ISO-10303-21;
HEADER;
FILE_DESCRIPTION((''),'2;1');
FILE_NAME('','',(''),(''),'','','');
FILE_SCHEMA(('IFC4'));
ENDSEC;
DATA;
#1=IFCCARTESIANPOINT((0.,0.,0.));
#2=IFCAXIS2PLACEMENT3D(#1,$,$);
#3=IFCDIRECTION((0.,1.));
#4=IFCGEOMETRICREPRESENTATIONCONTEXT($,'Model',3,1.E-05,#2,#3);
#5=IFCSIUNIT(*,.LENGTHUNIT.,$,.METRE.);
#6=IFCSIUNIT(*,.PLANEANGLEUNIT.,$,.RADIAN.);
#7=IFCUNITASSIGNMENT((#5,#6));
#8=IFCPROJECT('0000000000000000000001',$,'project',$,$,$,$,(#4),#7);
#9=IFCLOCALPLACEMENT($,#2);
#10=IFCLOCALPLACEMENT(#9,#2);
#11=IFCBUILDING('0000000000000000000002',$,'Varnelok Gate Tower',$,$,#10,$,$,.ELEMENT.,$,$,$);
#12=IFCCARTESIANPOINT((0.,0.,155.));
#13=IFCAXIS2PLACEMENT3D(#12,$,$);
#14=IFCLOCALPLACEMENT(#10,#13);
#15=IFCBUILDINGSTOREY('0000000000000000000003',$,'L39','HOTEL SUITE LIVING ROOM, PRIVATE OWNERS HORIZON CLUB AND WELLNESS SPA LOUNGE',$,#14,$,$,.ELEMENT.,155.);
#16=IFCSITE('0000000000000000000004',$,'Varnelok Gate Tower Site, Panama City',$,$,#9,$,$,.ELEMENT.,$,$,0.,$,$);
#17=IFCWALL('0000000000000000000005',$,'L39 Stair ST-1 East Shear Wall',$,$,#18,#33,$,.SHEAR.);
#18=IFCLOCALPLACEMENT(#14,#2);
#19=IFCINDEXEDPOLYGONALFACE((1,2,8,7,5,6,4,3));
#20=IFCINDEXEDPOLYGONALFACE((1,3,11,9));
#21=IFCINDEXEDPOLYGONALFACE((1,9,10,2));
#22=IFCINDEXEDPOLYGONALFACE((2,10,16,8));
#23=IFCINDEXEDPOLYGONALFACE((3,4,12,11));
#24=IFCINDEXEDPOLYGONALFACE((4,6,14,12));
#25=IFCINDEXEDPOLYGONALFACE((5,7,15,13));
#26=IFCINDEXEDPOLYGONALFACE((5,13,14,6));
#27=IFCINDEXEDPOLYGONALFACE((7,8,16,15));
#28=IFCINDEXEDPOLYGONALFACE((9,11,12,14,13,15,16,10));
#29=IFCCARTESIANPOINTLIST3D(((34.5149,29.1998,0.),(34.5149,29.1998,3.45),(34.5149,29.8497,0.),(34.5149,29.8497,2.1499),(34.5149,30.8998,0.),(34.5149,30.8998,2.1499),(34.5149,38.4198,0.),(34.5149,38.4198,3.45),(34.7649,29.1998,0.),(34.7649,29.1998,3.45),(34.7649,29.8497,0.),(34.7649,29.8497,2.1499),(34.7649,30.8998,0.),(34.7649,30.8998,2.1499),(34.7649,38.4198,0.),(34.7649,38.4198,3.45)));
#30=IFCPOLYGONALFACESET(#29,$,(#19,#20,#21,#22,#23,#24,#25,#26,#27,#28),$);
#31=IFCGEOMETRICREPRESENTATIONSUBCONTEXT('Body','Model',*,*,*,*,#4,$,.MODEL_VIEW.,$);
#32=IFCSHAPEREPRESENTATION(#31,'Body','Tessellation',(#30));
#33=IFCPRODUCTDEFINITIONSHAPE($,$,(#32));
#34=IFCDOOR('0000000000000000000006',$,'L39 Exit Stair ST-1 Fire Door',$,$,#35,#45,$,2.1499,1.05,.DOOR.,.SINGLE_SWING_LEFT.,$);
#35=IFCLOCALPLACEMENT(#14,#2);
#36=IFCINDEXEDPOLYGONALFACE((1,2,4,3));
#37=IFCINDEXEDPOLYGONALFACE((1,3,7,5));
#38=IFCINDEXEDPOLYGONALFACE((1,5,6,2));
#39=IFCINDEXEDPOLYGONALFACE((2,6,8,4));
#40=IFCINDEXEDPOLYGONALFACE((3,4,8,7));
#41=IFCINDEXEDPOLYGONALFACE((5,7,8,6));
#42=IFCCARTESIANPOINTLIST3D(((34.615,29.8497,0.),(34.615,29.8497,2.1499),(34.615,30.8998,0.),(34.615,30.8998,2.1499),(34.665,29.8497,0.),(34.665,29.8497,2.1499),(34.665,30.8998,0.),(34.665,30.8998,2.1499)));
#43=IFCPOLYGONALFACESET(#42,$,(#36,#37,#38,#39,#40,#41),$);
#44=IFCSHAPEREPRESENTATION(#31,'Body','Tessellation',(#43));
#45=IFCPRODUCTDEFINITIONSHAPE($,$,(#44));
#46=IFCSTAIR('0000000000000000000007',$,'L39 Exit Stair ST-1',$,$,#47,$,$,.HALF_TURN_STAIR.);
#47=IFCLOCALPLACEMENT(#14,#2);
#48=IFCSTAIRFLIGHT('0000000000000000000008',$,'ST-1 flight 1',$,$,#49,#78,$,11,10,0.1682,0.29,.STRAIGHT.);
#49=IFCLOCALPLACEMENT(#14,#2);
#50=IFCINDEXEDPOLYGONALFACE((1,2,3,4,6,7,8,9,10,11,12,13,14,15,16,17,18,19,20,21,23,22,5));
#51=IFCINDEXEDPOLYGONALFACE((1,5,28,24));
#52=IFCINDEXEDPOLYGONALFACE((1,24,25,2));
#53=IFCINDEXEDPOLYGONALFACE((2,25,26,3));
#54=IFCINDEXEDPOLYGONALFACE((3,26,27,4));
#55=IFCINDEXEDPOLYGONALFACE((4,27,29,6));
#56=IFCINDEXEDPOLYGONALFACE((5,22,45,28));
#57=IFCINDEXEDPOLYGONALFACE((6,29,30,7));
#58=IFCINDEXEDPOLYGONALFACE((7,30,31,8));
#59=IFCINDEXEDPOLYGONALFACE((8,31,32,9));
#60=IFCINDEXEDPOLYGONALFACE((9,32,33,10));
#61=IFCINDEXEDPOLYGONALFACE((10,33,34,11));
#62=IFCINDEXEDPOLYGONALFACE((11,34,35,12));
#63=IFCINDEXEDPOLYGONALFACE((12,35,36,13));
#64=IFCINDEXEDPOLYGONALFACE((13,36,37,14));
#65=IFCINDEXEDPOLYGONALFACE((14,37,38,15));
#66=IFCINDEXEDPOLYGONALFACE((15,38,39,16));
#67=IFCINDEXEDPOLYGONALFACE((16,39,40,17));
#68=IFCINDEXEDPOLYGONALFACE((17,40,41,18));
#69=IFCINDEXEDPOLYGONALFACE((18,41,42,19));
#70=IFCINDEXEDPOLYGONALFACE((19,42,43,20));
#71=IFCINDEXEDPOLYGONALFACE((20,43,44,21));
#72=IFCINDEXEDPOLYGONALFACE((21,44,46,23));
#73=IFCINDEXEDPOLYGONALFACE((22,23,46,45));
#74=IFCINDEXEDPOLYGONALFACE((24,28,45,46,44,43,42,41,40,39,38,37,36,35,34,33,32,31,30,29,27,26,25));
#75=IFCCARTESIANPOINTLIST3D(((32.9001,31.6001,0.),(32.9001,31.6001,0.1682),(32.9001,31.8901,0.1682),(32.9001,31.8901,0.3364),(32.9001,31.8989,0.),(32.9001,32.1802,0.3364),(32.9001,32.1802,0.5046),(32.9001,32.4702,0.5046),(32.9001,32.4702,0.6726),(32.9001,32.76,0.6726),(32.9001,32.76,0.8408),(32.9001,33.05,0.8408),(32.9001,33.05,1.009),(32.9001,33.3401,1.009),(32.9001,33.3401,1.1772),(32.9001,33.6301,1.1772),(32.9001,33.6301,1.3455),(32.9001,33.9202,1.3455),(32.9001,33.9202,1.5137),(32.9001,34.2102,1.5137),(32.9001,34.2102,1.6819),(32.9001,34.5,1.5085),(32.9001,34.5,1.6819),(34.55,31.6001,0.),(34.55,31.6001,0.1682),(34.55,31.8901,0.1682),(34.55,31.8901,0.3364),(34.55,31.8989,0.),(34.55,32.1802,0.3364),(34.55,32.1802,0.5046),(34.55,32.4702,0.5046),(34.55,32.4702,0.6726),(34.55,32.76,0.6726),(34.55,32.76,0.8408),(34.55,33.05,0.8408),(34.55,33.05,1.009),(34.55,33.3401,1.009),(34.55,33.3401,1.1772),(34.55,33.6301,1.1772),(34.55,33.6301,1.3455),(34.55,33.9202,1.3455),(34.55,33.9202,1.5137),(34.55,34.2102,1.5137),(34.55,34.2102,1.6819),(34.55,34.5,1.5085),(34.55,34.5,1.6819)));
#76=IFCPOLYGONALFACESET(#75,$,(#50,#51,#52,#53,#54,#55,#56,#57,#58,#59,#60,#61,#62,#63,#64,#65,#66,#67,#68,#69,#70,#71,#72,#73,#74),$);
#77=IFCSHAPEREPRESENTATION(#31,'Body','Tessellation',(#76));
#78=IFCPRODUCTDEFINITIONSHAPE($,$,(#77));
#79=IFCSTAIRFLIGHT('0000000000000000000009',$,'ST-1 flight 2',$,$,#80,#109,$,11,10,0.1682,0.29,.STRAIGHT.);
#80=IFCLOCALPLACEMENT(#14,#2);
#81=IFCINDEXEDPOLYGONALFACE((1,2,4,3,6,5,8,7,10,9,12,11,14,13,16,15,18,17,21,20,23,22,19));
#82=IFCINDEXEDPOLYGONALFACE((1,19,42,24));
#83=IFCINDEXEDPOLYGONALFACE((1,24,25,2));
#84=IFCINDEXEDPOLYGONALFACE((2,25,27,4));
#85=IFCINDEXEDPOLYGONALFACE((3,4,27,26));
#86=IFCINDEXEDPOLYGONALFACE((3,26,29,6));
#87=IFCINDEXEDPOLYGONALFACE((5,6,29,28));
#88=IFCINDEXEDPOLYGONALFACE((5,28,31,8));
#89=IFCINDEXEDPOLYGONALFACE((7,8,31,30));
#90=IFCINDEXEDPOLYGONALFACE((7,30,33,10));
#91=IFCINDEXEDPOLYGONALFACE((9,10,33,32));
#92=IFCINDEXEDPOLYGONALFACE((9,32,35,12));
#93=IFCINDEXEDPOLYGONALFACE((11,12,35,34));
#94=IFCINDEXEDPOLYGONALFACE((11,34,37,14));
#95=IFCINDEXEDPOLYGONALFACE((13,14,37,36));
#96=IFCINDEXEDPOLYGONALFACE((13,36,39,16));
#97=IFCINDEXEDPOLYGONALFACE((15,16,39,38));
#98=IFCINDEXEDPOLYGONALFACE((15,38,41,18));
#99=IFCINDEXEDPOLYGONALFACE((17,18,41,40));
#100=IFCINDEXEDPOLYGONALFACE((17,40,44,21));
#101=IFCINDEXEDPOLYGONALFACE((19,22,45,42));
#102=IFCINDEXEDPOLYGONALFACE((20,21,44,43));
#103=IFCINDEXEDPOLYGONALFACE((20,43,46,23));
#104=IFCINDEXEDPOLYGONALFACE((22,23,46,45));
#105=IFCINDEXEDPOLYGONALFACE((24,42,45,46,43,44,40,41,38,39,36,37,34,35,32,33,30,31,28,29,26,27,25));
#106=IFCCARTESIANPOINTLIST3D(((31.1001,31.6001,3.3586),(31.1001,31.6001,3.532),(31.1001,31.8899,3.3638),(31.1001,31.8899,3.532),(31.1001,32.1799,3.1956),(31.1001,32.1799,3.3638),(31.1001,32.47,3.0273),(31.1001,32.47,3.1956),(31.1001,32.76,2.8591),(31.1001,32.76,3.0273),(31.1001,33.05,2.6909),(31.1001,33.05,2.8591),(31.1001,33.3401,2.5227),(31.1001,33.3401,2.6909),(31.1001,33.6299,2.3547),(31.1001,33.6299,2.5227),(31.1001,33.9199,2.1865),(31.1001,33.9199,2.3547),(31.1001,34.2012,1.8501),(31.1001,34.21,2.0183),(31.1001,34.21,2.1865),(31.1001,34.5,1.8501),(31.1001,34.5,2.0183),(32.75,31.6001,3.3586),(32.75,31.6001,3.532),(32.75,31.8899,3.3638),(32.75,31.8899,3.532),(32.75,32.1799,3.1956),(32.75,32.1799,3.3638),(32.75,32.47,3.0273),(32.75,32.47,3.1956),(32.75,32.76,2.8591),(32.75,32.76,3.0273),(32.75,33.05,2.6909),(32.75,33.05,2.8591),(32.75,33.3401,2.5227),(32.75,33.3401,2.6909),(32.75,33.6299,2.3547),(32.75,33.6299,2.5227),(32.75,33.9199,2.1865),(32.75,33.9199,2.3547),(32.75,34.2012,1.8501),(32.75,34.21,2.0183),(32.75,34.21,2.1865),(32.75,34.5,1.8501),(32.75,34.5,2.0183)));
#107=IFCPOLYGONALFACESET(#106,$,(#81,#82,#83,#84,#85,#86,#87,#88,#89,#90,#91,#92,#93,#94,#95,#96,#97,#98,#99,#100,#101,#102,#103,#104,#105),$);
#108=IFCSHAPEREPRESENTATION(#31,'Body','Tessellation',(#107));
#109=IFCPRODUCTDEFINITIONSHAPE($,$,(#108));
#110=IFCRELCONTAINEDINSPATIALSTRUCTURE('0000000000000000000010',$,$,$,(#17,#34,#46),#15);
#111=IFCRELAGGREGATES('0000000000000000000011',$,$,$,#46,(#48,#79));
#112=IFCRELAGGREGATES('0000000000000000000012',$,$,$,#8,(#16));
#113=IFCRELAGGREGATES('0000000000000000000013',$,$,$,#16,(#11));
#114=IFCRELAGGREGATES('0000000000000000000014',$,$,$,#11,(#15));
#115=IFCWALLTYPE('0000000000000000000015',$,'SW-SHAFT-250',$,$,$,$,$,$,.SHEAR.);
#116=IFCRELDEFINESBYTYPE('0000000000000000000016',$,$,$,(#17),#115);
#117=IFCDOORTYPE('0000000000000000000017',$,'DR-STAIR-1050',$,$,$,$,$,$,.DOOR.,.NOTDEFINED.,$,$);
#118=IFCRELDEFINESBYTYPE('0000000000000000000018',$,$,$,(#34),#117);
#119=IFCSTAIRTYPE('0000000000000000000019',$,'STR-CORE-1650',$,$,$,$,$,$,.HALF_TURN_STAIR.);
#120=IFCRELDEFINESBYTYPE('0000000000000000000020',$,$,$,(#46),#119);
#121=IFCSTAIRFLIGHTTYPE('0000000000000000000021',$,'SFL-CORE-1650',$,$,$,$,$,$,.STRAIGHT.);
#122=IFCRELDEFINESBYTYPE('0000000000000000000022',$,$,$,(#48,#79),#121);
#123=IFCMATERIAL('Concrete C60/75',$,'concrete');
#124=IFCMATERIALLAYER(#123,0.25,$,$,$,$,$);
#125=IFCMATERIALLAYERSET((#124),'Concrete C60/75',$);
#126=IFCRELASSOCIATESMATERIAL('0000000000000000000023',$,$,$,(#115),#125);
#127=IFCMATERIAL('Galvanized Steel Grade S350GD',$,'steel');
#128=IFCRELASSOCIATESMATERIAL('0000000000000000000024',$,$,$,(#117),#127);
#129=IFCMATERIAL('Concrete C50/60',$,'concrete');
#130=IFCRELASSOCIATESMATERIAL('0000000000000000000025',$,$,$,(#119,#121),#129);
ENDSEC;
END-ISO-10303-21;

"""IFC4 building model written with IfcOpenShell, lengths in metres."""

from ifc_helpers import new_model, si_unit, direction, frame, frame_2d, origin, place, context, subcontext, project, spatial, polyline, rectangle, outline, extrude, material, layer, layer_set, type_object, element, fill, aggregate, save


model = new_model("IFC4")

# Units and contexts
model_context = context("Model", 3, precision=1e-05, world=origin(), true_north=direction((0.0, 1.0)))
body_context = subcontext(model_context, "Body", "Model", "MODEL_VIEW")
ifc_project = project(units=[si_unit("LENGTHUNIT", "METRE"), si_unit("PLANEANGLEUNIT", "RADIAN")], contexts=[model_context])

# Site, building, storey
site_placement = place(None, origin())
site = spatial("IfcSite", under=ifc_project, at=site_placement, Name="Varnelok Gate Tower Site, Panama City", CompositionType="ELEMENT", RefElevation=0.0)
building_placement = place(site_placement, origin())
building = spatial("IfcBuilding", under=site, at=building_placement, Name="Varnelok Gate Tower", CompositionType="ELEMENT")
storey_placement = place(building_placement, frame((0.0, 0.0, 155.0)))
storey = spatial("IfcBuildingStorey", under=building, at=storey_placement, Name="L39", Description="HOTEL SUITE LIVING ROOM, PRIVATE OWNERS HORIZON CLUB AND WELLNESS SPA LOUNGE", CompositionType="ELEMENT", Elevation=155.0)

# Shared definitions
ifc_material_1 = material(Name="Concrete C60/75", Category="concrete")

# Shared definitions
ifc_material_2 = material(Name="Galvanized Steel Grade S350GD", Category="steel")

# Wall, opening, door
ifc_layer_1 = layer(ifc_material_1, 0.25)
ifc_layer_set_1 = layer_set([ifc_layer_1], Name="Concrete C60/75")
wall_type_1 = type_object("IfcWallType", Name="SW-SHAFT-250", PredefinedType="SHEAR", material=ifc_layer_set_1)
wall_1_placement = place(storey_placement, frame((34.6399, 29.2, 0.0), z_axis=(0.0, 0.0, 1.0), x_axis=(0.0, 1.0, 0.0)))
wall_1 = element("IfcWall", 1, at=wall_1_placement, inside=storey, type_object=wall_type_1, Name="L39 Stair ST-1 East Shear Wall", PredefinedType="SHEAR", context=body_context, shape_type="SweptSolid", body=[
    extrude(rectangle(XDim=9.22, YDim=0.25, at=frame_2d((4.6099, 0.0))), origin(), (0.0, 0.0, 1.0), 3.45),
])
opening_1_placement = place(wall_1_placement, frame((0.6499, 0.0, 0.0)))
opening_1 = element("IfcOpeningElement", 2, at=opening_1_placement, cuts=wall_1, PredefinedType="OPENING", context=body_context, shape_type="SweptSolid", body=[
    extrude(rectangle(XDim=1.05, YDim=2.1499, at=frame_2d((0.5249, 1.075))), frame((0.0, 0.135, 0.0), z_axis=(0.0, -1.0, 0.0), x_axis=(1.0, 0.0, 0.0)), (0.0, 0.0, 1.0), 0.27),
])
door_type_1 = type_object("IfcDoorType", Name="DR-STAIR-1050", OperationType="NOTDEFINED", PredefinedType="DOOR", material=ifc_material_2)
door_1_placement = place(opening_1_placement, origin())
door_1 = element("IfcDoor", 3, at=door_1_placement, inside=storey, type_object=door_type_1, Name="L39 Exit Stair ST-1 Fire Door", OperationType="SINGLE_SWING_LEFT", OverallHeight=2.1499, OverallWidth=1.05, PredefinedType="DOOR", context=body_context, shape_type="SweptSolid", body=[
    extrude(rectangle(XDim=1.05, YDim=2.1499, at=frame_2d((0.5249, 1.075))), frame((0.0, 0.0249, 0.0), z_axis=(0.0, -1.0, 0.0), x_axis=(1.0, 0.0, 0.0)), (0.0, 0.0, 1.0), 0.05),
])
fill(opening_1, door_1)

# Stair, stair flights
ifc_material_3 = material(Name="Concrete C50/60", Category="concrete")
stair_type = type_object("IfcStairType", Name="STR-CORE-1650", PredefinedType="HALF_TURN_STAIR", material=ifc_material_3)
stair_placement = place(storey_placement, origin())
stair = element("IfcStair", 4, at=stair_placement, inside=storey, type_object=stair_type, Name="L39 Exit Stair ST-1", PredefinedType="HALF_TURN_STAIR")
stair_flight_type = type_object("IfcStairFlightType", Name="SFL-CORE-1650", PredefinedType="STRAIGHT", material=ifc_material_3)
stair_flight_1_placement = place(storey_placement, frame((33.7251, 31.6001, 0.0), z_axis=(0.0, 0.0, 1.0), x_axis=(0.0, 1.0, 0.0)))
stair_flight_1 = element("IfcStairFlight", 5, at=stair_flight_1_placement, type_object=stair_flight_type, Name="ST-1 flight 1", NumberOfRisers=11, NumberOfTreads=10, PredefinedType="STRAIGHT", RiserHeight=0.1682, TreadLength=0.29, context=body_context, shape_type="SweptSolid", body=[
    extrude(outline(polyline([(0.0, 0.0), (0.0, 0.1682), (0.29, 0.1682), (0.29, 0.3364), (0.5801, 0.3364), (0.5801, 0.5046), (0.8701, 0.5046), (0.8701, 0.6726), (1.1599, 0.6726), (1.1599, 0.8408), (1.45, 0.8408), (1.45, 1.009), (1.74, 1.009), (1.74, 1.1772), (2.03, 1.1772), (2.03, 1.3455), (2.3201, 1.3455), (2.3201, 1.5137), (2.6101, 1.5137), (2.6101, 1.6819), (2.8999, 1.6819), (2.8999, 1.8501), (2.8999, 1.5085), (0.2988, 0.0), (0.0, 0.0)])), frame((0.0, 0.825, 0.0), z_axis=(0.0, -1.0, 0.0), x_axis=(1.0, 0.0, 0.0)), (0.0, 0.0, 1.0), 1.6499),
])
stair_flight_2_placement = place(storey_placement, frame((31.925, 34.5, 1.8501), z_axis=(0.0, 0.0, 1.0), x_axis=(0.0, -1.0, 0.0)))
stair_flight_2 = element("IfcStairFlight", 6, at=stair_flight_2_placement, type_object=stair_flight_type, Name="ST-1 flight 2", NumberOfRisers=11, NumberOfTreads=10, PredefinedType="STRAIGHT", RiserHeight=0.1682, TreadLength=0.29, context=body_context, shape_type="SweptSolid", body=[
    extrude(outline(polyline([(0.0, 0.0), (0.0, 0.1682), (0.29, 0.1682), (0.29, 0.3364), (0.5801, 0.3364), (0.5801, 0.5046), (0.8701, 0.5046), (0.8701, 0.6726), (1.1599, 0.6726), (1.1599, 0.8408), (1.45, 0.8408), (1.45, 1.009), (1.74, 1.009), (1.74, 1.1772), (2.03, 1.1772), (2.03, 1.3455), (2.3201, 1.3455), (2.3201, 1.5137), (2.6101, 1.5137), (2.6101, 1.6819), (2.8999, 1.6819), (2.8999, 1.8501), (2.8999, 1.5085), (0.2988, 0.0), (0.0, 0.0)])), frame((0.0, 0.825, 0.0), z_axis=(0.0, -1.0, 0.0), x_axis=(1.0, 0.0, 0.0)), (0.0, 0.0, 1.0), 1.6499),
])
aggregate(stair, [stair_flight_1, stair_flight_2])

save(model, "model.ifc")
